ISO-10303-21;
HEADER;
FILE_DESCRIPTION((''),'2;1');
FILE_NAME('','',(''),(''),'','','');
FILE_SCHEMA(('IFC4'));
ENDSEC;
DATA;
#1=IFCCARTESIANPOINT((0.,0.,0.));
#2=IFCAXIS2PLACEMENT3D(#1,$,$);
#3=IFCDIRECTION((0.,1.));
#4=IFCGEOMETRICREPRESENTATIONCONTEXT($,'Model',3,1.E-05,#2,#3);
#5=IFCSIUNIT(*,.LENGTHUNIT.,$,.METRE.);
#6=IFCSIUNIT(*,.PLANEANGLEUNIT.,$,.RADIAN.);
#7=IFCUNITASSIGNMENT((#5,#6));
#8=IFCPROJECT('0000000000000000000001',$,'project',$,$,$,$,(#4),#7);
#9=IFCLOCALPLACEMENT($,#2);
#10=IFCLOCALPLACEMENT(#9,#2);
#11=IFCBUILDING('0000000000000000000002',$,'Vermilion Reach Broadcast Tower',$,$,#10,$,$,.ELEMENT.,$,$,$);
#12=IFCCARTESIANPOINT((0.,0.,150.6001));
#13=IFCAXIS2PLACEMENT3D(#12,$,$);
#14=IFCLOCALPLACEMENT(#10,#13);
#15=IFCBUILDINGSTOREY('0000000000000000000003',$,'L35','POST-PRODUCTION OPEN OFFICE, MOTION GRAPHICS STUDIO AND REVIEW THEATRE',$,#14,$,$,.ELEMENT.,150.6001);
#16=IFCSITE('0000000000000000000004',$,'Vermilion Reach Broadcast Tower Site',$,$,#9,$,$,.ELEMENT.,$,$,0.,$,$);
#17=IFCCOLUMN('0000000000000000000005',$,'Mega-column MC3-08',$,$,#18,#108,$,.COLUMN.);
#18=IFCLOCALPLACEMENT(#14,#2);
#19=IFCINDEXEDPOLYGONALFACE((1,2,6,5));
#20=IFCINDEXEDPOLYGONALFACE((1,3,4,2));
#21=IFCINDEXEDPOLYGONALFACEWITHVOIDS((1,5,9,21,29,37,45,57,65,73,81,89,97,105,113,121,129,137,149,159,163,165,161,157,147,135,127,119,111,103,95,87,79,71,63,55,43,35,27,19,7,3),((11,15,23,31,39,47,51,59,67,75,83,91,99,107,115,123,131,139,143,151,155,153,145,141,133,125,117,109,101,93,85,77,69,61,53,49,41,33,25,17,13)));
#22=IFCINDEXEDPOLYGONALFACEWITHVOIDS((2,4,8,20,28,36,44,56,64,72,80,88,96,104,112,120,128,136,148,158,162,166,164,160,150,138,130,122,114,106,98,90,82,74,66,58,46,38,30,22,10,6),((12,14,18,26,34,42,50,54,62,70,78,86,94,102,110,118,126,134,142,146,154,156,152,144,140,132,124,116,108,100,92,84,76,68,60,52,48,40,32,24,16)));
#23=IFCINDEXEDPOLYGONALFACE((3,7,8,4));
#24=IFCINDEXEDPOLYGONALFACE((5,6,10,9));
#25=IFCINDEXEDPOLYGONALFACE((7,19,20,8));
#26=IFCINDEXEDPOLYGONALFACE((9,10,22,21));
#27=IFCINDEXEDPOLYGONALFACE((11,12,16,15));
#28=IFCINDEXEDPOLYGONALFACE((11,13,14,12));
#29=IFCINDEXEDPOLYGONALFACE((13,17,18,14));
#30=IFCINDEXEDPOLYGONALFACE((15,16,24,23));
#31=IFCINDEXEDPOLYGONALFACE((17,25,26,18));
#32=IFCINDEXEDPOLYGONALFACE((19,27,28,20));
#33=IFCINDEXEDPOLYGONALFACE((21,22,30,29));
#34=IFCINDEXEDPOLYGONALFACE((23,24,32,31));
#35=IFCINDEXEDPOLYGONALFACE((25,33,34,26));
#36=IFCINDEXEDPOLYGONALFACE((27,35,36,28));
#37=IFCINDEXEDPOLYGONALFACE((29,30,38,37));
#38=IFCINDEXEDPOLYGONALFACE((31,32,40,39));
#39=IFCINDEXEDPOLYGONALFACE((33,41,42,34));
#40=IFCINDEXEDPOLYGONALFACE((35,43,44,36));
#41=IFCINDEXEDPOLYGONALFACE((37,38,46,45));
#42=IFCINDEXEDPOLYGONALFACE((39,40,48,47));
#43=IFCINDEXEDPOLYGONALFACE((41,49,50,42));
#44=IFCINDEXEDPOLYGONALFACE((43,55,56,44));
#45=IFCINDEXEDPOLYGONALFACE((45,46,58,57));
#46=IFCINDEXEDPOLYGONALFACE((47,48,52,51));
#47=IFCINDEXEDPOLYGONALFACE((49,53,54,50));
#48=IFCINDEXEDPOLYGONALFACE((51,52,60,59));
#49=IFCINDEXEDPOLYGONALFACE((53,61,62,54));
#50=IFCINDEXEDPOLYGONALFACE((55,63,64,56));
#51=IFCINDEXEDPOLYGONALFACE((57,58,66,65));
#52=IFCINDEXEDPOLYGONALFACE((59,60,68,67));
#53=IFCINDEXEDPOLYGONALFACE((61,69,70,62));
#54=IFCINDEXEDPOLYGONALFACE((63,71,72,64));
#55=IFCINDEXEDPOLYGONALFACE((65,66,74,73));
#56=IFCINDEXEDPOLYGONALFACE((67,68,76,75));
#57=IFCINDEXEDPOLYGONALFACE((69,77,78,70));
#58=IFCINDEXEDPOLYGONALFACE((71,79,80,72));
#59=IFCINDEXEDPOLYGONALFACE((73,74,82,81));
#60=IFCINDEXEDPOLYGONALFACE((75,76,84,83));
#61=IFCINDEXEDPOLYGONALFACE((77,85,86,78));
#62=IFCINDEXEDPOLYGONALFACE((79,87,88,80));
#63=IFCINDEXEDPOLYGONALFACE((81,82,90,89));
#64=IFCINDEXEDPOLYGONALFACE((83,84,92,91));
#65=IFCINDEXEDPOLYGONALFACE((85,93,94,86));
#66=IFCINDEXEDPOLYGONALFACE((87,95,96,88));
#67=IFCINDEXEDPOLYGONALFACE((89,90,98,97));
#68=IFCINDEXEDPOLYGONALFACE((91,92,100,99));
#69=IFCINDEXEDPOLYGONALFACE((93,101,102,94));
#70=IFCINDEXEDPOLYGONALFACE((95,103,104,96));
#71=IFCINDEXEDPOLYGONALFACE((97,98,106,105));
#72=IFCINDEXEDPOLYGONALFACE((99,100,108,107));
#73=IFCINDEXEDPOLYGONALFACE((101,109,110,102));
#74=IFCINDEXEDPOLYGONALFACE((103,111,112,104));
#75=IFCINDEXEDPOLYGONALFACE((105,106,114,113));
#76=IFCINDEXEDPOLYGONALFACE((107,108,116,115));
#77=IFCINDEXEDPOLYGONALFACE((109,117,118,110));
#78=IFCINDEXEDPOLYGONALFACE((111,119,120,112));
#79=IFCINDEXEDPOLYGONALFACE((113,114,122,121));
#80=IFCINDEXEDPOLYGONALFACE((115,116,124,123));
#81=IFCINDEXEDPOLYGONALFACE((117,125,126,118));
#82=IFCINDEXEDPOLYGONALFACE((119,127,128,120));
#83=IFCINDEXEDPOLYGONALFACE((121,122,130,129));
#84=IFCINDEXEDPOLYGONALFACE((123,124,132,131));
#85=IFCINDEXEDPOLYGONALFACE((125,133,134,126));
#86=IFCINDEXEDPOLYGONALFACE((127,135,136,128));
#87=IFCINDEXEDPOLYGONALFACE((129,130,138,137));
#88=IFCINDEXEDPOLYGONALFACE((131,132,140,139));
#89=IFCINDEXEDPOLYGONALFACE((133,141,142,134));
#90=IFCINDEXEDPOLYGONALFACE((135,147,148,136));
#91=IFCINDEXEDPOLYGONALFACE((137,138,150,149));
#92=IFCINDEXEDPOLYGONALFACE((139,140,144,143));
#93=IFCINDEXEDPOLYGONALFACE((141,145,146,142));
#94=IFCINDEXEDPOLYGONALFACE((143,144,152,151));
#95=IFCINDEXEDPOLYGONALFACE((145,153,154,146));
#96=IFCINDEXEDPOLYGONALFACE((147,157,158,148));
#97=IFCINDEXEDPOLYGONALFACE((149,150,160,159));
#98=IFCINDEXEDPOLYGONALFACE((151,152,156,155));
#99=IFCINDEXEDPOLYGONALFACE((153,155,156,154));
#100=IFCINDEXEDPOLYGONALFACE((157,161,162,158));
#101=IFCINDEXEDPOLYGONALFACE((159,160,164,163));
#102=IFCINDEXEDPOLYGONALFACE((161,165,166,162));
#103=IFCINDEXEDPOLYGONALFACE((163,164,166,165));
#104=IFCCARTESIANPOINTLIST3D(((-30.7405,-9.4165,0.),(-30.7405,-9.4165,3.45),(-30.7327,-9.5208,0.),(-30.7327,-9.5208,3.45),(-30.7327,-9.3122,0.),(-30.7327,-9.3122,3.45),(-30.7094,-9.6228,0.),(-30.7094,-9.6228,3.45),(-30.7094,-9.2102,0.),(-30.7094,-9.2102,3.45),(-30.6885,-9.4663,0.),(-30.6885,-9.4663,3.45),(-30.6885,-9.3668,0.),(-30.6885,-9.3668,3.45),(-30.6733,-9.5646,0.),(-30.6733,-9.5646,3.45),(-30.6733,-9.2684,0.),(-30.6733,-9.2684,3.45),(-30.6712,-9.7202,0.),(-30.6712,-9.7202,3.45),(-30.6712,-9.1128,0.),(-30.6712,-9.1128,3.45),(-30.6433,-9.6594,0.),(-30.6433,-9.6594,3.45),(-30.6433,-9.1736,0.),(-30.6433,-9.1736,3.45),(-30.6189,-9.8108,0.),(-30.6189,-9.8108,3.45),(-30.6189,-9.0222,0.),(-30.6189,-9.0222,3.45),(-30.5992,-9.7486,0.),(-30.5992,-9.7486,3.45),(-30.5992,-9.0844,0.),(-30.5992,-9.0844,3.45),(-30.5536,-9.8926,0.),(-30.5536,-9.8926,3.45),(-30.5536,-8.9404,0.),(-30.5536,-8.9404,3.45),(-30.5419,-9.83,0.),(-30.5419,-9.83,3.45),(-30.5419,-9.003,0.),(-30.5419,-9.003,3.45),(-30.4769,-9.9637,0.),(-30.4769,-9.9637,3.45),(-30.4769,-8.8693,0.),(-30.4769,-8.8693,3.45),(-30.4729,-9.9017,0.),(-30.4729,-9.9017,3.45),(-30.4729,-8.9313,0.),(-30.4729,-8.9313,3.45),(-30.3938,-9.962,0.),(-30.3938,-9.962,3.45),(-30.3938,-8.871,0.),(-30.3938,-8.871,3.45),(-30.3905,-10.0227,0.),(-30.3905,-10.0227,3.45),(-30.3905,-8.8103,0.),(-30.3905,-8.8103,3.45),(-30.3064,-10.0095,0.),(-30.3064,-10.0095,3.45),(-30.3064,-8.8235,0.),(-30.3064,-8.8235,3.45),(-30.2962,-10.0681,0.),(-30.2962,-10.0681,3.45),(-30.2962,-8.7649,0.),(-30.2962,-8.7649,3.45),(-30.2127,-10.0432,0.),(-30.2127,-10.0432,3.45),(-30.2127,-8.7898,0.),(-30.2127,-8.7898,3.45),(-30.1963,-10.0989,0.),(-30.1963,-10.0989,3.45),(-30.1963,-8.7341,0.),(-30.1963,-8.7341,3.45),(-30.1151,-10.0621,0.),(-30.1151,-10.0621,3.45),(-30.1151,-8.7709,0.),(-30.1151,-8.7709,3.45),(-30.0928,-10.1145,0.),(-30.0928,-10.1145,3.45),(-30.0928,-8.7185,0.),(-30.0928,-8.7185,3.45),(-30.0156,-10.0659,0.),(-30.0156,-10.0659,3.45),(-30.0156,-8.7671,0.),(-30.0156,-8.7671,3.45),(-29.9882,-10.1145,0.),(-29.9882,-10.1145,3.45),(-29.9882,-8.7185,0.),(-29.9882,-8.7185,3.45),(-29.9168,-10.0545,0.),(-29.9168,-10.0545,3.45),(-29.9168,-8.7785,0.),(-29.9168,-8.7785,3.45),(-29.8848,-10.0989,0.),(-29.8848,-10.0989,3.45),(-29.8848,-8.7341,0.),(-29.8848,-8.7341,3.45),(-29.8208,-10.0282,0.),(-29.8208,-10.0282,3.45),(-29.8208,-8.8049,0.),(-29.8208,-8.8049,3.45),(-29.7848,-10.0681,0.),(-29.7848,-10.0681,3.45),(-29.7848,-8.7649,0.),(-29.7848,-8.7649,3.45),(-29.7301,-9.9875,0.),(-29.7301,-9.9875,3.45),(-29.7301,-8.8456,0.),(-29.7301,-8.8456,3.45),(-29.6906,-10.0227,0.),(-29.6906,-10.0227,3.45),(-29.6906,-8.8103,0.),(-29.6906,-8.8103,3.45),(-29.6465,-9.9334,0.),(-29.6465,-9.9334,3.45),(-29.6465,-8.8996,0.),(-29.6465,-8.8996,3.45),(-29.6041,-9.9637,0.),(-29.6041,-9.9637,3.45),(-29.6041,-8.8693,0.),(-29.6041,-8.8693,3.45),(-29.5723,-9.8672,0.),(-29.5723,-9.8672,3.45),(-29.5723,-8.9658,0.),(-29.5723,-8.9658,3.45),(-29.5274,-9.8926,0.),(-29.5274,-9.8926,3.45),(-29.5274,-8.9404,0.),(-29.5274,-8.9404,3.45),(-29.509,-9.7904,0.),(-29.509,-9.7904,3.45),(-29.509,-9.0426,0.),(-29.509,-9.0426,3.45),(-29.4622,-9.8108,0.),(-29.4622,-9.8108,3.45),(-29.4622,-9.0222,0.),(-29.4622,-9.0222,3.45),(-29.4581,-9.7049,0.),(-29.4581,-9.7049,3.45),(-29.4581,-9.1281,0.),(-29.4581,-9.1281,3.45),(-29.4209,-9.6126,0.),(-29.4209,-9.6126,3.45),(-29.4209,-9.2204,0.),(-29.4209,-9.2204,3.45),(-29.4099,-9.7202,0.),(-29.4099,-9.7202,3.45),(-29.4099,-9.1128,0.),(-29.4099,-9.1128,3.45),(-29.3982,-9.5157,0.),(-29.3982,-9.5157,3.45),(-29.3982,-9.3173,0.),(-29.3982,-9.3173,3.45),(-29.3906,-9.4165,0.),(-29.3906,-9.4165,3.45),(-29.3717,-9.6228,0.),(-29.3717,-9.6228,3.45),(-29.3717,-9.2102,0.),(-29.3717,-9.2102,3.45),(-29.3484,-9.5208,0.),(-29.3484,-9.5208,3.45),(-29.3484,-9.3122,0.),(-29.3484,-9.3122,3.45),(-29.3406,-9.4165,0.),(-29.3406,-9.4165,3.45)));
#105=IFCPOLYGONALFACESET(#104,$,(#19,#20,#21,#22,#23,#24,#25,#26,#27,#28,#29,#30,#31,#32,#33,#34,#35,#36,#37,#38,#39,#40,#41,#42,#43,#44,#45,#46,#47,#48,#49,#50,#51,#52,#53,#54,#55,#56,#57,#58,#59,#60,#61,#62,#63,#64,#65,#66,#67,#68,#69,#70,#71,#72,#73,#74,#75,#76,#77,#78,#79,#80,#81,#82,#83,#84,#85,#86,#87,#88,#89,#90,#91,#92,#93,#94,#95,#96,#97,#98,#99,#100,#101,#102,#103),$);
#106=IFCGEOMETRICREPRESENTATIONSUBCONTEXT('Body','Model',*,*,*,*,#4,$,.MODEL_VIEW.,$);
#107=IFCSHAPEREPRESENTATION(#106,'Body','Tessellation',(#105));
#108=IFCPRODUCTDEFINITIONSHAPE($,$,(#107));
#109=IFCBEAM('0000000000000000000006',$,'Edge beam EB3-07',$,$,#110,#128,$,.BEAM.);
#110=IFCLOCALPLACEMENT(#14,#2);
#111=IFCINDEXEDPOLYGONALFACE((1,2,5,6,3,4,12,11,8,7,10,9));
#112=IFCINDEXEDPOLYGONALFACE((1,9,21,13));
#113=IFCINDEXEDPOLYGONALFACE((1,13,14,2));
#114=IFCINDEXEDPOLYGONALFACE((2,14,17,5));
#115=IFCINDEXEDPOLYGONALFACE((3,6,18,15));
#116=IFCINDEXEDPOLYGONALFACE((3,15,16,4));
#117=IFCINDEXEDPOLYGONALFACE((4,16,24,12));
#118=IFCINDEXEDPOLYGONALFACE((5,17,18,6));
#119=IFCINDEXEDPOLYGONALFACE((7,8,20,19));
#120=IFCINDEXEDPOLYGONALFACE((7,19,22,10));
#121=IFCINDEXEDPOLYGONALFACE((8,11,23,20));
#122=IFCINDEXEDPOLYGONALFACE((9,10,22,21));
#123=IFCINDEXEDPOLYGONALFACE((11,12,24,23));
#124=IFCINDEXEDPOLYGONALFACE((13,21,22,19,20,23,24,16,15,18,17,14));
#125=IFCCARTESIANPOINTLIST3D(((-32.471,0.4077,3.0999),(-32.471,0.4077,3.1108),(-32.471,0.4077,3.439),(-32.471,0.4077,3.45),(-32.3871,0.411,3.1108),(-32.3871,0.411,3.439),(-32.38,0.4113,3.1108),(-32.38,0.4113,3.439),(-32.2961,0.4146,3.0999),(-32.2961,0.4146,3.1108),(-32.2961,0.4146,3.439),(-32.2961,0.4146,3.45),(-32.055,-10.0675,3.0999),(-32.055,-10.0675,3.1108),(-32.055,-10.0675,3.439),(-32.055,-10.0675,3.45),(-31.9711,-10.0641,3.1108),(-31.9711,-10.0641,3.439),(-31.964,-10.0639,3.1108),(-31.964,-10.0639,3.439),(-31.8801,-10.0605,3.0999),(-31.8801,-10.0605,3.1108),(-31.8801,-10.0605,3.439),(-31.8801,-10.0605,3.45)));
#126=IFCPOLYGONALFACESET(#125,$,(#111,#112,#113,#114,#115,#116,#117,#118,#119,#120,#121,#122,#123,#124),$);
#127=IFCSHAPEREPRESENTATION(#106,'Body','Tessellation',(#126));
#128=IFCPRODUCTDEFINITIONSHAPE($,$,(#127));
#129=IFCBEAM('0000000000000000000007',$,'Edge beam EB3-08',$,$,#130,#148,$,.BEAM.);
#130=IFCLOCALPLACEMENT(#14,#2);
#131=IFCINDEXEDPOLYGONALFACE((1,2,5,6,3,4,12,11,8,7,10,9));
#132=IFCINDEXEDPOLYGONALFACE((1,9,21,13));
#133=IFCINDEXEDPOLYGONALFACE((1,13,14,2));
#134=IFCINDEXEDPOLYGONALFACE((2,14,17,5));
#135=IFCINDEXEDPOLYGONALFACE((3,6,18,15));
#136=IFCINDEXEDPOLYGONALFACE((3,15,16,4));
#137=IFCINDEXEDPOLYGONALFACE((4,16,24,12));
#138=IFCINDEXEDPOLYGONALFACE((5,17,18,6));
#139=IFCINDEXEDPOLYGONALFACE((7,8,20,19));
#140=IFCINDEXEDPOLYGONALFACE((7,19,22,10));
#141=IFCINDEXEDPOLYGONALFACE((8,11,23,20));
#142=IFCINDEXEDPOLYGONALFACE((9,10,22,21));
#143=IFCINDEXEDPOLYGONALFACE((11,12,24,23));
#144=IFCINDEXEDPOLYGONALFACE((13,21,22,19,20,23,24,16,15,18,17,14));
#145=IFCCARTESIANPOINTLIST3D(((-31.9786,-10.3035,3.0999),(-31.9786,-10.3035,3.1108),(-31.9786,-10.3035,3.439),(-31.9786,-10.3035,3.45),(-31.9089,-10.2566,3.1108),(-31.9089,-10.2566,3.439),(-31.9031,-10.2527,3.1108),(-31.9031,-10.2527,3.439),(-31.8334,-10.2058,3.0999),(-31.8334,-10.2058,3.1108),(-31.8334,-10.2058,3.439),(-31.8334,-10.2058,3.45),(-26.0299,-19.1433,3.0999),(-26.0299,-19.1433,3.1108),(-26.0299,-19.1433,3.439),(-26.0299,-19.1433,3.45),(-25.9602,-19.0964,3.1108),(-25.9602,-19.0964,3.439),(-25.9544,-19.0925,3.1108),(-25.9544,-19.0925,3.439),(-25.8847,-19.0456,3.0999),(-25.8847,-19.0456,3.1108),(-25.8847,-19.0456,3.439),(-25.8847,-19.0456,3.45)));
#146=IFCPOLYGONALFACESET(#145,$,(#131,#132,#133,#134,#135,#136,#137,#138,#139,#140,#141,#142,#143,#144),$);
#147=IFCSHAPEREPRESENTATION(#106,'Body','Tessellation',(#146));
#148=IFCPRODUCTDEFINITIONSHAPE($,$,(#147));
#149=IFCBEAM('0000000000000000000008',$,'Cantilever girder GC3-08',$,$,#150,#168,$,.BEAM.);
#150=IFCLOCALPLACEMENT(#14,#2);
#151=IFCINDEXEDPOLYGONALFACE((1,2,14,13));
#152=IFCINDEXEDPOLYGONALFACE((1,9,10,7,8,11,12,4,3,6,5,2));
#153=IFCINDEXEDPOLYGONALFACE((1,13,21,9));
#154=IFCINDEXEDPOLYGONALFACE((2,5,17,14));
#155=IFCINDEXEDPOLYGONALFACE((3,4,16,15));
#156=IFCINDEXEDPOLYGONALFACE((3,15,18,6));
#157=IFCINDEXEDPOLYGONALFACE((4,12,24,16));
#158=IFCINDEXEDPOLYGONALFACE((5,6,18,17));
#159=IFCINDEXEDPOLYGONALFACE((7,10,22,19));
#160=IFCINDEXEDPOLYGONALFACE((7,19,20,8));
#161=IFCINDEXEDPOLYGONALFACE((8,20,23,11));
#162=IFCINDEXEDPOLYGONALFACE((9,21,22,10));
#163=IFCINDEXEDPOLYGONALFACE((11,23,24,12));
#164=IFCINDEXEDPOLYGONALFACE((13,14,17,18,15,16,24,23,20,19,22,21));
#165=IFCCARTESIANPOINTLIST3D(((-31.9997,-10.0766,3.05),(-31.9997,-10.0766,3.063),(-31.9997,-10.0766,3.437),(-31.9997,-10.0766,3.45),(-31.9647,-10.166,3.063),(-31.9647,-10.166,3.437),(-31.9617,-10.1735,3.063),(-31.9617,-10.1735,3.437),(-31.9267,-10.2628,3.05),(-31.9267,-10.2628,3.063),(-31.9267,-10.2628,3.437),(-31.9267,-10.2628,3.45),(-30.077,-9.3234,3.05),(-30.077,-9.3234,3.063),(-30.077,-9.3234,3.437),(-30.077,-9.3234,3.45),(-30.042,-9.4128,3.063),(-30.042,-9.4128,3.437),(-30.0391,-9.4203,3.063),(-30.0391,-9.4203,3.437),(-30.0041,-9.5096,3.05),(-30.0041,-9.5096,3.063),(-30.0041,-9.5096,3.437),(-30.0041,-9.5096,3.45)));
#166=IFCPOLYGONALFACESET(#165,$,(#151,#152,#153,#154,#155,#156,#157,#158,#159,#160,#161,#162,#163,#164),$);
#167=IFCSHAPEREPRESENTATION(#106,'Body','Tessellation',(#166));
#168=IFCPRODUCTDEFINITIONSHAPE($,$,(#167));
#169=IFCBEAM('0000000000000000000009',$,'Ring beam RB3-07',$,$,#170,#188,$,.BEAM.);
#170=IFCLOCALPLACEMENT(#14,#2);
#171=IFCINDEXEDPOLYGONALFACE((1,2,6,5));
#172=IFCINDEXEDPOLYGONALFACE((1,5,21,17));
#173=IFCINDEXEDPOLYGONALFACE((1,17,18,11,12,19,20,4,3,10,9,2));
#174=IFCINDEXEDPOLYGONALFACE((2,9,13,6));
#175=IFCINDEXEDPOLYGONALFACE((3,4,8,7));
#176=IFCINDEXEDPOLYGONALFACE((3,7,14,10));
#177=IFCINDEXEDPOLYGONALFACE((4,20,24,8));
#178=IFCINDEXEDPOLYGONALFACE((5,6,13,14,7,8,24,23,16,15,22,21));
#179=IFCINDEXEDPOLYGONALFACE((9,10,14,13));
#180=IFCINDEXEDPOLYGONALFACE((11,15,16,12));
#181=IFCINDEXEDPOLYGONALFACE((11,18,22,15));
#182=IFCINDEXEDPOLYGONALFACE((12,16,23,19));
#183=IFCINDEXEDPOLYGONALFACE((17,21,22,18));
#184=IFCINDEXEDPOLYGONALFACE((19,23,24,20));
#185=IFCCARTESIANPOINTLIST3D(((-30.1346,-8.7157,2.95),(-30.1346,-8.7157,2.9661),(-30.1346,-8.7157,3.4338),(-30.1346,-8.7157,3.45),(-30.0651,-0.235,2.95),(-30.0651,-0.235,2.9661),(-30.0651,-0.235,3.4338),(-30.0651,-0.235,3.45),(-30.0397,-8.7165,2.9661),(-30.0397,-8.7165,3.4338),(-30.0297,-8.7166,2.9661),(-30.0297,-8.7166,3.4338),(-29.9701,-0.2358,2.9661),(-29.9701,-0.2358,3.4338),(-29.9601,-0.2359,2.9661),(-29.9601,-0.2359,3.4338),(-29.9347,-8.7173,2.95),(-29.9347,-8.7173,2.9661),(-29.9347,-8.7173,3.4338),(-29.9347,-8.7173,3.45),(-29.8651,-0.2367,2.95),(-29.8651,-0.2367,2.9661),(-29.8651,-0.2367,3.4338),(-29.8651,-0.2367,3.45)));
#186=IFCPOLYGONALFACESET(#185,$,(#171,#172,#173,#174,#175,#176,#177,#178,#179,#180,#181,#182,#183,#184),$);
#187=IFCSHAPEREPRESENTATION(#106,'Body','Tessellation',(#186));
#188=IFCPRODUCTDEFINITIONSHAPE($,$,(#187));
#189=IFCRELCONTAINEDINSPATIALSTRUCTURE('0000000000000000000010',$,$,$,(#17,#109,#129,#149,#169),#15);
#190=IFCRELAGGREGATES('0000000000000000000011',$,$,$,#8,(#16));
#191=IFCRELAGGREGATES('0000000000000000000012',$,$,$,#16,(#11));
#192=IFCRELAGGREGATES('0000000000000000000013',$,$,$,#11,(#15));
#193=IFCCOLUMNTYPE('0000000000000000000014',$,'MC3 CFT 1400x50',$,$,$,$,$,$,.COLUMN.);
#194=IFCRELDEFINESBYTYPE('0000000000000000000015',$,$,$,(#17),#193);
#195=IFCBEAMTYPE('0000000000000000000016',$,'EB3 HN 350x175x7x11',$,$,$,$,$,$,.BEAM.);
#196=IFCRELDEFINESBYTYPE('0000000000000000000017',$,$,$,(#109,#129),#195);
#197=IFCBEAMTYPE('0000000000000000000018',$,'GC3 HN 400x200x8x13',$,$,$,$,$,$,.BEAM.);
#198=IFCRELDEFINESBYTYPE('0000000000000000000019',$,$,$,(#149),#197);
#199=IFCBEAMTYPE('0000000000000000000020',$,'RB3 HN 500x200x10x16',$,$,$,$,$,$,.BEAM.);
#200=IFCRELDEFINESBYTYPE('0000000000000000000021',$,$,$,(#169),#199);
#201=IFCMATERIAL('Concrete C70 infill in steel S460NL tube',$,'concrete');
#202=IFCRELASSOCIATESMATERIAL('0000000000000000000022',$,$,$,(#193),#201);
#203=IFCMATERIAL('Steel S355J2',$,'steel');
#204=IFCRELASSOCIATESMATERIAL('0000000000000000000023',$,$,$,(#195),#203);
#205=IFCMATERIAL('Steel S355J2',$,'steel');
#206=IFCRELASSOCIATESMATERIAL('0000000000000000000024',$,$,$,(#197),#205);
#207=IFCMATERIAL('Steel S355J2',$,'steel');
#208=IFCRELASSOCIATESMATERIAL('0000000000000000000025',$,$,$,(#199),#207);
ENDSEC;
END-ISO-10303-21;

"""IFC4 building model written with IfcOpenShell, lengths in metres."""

from ifc_helpers import new_model, si_unit, direction, frame, origin, origin_2d, place, context, subcontext, project, spatial, hollow_circle, i_section, extrude, material, material_profile, profile_set, type_object, element, save


model = new_model("IFC4")

# Units and contexts
model_context = context("Model", 3, precision=1e-05, world=origin(), true_north=direction((0.0, 1.0)))
body_context = subcontext(model_context, "Body", "Model", "MODEL_VIEW")
ifc_project = project(units=[si_unit("LENGTHUNIT", "METRE"), si_unit("PLANEANGLEUNIT", "RADIAN")], contexts=[model_context])

# Site, building, storey
site_placement = place(None, origin())
site = spatial("IfcSite", under=ifc_project, at=site_placement, Name="Vermilion Reach Broadcast Tower Site", CompositionType="ELEMENT", RefElevation=0.0)
building_placement = place(site_placement, origin())
building = spatial("IfcBuilding", under=site, at=building_placement, Name="Vermilion Reach Broadcast Tower", CompositionType="ELEMENT")
storey_placement = place(building_placement, frame((0.0, 0.0, 150.6001)))
storey = spatial("IfcBuildingStorey", under=building, at=storey_placement, Name="L35", Description="POST-PRODUCTION OPEN OFFICE, MOTION GRAPHICS STUDIO AND REVIEW THEATRE", CompositionType="ELEMENT", Elevation=150.6001)

# Column
ifc_material_1 = material(Name="Concrete C70 infill in steel S460NL tube", Category="concrete")
ifc_material_profile_1 = material_profile(ifc_material_1, hollow_circle(Radius=0.7, WallThickness=0.05, at=origin_2d()), Name="Concrete C70 infill in steel S460NL tube CFT 1400x50")
ifc_profile_set_1 = profile_set([ifc_material_profile_1], Name="Concrete C70 infill in steel S460NL tube")
column_type = type_object("IfcColumnType", Name="MC3 CFT 1400x50", PredefinedType="COLUMN", material=ifc_profile_set_1)
column_placement = place(storey_placement, frame((-30.0405, -9.4165, 0.0), z_axis=(0.0, 0.0, 1.0), x_axis=(1.0, 0.0, 0.0)))
element("IfcColumn", 1, at=column_placement, inside=storey, type_object=column_type, Name="Mega-column MC3-08", PredefinedType="COLUMN", context=body_context, shape_type="SweptSolid", body=[
    extrude(hollow_circle(Radius=0.7, WallThickness=0.05, at=origin_2d()), origin(), (0.0, 0.0, 1.0), 3.45),
])

# Beams
ifc_material_2 = material(Name="Steel S355J2", Category="steel")
ifc_material_profile_2 = material_profile(ifc_material_2, i_section(OverallWidth=0.175, OverallDepth=0.3501, WebThickness=0.0071, FlangeThickness=0.011, at=origin_2d()), Name="S355J2 HN 350x175x7x11")
ifc_profile_set_2 = profile_set([ifc_material_profile_2], Name="Steel S355J2")
beam_type_1 = type_object("IfcBeamType", Name="EB3 HN 350x175x7x11", PredefinedType="BEAM", material=ifc_profile_set_2)
beam_1_placement = place(storey_placement, frame((-32.3835, 0.4111, 3.2749), z_axis=(0.039683, -0.999212, 0.0), x_axis=(0.999212, 0.039683, 0.0)))
element("IfcBeam", 2, at=beam_1_placement, inside=storey, type_object=beam_type_1, Name="Edge beam EB3-07", PredefinedType="BEAM", context=body_context, shape_type="SweptSolid", body=[
    extrude(i_section(OverallWidth=0.175, OverallDepth=0.3501, WebThickness=0.0071, FlangeThickness=0.011, at=origin_2d()), origin(), (0.0, 0.0, 1.0), 10.4834),
])
beam_2_placement = place(storey_placement, frame((-31.906, -10.2546, 3.2749), z_axis=(0.558301, -0.829638, 0.0), x_axis=(0.829638, 0.558301, 0.0)))
element("IfcBeam", 3, at=beam_2_placement, inside=storey, type_object=beam_type_1, Name="Edge beam EB3-08", PredefinedType="BEAM", context=body_context, shape_type="SweptSolid", body=[
    extrude(i_section(OverallWidth=0.175, OverallDepth=0.3501, WebThickness=0.0071, FlangeThickness=0.011, at=origin_2d()), origin(), (0.0, 0.0, 1.0), 10.655),
])
ifc_material_3 = material(Name="Steel S355J2", Category="steel")
ifc_material_profile_3 = material_profile(ifc_material_3, i_section(OverallWidth=0.2, OverallDepth=0.3999, WebThickness=0.0081, FlangeThickness=0.0129, at=origin_2d()), Name="S355J2 HN 400x200x8x13")
ifc_profile_set_3 = profile_set([ifc_material_profile_3], Name="Steel S355J2")
beam_type_2 = type_object("IfcBeamType", Name="GC3 HN 400x200x8x13", PredefinedType="BEAM", material=ifc_profile_set_3)
beam_3_placement = place(storey_placement, frame((-30.0405, -9.4165, 3.25), z_axis=(-0.931103, -0.364756, 0.0), x_axis=(0.364756, -0.931103, 0.0)))
element("IfcBeam", 4, at=beam_3_placement, inside=storey, type_object=beam_type_2, Name="Cantilever girder GC3-08", PredefinedType="BEAM", context=body_context, shape_type="SweptSolid", body=[
    extrude(i_section(OverallWidth=0.2, OverallDepth=0.3999, WebThickness=0.0081, FlangeThickness=0.0129, at=origin_2d()), origin(), (0.0, 0.0, 1.0), 2.0649),
])
ifc_material_4 = material(Name="Steel S355J2", Category="steel")
ifc_material_profile_4 = material_profile(ifc_material_4, i_section(OverallWidth=0.2, OverallDepth=0.5, WebThickness=0.01, FlangeThickness=0.0161, at=origin_2d()), Name="S355J2 HN 500x200x10x16")
ifc_profile_set_4 = profile_set([ifc_material_profile_4], Name="Steel S355J2")
beam_type_3 = type_object("IfcBeamType", Name="RB3 HN 500x200x10x16", PredefinedType="BEAM", material=ifc_profile_set_4)
beam_4_placement = place(storey_placement, frame((-29.9651, -0.2358, 3.2), z_axis=(-0.008204, -0.999966, 0.0), x_axis=(0.999966, -0.008204, 0.0)))
element("IfcBeam", 5, at=beam_4_placement, inside=storey, type_object=beam_type_3, Name="Ring beam RB3-07", PredefinedType="BEAM", context=body_context, shape_type="SweptSolid", body=[
    extrude(i_section(OverallWidth=0.2, OverallDepth=0.5, WebThickness=0.01, FlangeThickness=0.0161, at=origin_2d()), origin(), (0.0, 0.0, 1.0), 8.481),
])

save(model, "model.ifc")
